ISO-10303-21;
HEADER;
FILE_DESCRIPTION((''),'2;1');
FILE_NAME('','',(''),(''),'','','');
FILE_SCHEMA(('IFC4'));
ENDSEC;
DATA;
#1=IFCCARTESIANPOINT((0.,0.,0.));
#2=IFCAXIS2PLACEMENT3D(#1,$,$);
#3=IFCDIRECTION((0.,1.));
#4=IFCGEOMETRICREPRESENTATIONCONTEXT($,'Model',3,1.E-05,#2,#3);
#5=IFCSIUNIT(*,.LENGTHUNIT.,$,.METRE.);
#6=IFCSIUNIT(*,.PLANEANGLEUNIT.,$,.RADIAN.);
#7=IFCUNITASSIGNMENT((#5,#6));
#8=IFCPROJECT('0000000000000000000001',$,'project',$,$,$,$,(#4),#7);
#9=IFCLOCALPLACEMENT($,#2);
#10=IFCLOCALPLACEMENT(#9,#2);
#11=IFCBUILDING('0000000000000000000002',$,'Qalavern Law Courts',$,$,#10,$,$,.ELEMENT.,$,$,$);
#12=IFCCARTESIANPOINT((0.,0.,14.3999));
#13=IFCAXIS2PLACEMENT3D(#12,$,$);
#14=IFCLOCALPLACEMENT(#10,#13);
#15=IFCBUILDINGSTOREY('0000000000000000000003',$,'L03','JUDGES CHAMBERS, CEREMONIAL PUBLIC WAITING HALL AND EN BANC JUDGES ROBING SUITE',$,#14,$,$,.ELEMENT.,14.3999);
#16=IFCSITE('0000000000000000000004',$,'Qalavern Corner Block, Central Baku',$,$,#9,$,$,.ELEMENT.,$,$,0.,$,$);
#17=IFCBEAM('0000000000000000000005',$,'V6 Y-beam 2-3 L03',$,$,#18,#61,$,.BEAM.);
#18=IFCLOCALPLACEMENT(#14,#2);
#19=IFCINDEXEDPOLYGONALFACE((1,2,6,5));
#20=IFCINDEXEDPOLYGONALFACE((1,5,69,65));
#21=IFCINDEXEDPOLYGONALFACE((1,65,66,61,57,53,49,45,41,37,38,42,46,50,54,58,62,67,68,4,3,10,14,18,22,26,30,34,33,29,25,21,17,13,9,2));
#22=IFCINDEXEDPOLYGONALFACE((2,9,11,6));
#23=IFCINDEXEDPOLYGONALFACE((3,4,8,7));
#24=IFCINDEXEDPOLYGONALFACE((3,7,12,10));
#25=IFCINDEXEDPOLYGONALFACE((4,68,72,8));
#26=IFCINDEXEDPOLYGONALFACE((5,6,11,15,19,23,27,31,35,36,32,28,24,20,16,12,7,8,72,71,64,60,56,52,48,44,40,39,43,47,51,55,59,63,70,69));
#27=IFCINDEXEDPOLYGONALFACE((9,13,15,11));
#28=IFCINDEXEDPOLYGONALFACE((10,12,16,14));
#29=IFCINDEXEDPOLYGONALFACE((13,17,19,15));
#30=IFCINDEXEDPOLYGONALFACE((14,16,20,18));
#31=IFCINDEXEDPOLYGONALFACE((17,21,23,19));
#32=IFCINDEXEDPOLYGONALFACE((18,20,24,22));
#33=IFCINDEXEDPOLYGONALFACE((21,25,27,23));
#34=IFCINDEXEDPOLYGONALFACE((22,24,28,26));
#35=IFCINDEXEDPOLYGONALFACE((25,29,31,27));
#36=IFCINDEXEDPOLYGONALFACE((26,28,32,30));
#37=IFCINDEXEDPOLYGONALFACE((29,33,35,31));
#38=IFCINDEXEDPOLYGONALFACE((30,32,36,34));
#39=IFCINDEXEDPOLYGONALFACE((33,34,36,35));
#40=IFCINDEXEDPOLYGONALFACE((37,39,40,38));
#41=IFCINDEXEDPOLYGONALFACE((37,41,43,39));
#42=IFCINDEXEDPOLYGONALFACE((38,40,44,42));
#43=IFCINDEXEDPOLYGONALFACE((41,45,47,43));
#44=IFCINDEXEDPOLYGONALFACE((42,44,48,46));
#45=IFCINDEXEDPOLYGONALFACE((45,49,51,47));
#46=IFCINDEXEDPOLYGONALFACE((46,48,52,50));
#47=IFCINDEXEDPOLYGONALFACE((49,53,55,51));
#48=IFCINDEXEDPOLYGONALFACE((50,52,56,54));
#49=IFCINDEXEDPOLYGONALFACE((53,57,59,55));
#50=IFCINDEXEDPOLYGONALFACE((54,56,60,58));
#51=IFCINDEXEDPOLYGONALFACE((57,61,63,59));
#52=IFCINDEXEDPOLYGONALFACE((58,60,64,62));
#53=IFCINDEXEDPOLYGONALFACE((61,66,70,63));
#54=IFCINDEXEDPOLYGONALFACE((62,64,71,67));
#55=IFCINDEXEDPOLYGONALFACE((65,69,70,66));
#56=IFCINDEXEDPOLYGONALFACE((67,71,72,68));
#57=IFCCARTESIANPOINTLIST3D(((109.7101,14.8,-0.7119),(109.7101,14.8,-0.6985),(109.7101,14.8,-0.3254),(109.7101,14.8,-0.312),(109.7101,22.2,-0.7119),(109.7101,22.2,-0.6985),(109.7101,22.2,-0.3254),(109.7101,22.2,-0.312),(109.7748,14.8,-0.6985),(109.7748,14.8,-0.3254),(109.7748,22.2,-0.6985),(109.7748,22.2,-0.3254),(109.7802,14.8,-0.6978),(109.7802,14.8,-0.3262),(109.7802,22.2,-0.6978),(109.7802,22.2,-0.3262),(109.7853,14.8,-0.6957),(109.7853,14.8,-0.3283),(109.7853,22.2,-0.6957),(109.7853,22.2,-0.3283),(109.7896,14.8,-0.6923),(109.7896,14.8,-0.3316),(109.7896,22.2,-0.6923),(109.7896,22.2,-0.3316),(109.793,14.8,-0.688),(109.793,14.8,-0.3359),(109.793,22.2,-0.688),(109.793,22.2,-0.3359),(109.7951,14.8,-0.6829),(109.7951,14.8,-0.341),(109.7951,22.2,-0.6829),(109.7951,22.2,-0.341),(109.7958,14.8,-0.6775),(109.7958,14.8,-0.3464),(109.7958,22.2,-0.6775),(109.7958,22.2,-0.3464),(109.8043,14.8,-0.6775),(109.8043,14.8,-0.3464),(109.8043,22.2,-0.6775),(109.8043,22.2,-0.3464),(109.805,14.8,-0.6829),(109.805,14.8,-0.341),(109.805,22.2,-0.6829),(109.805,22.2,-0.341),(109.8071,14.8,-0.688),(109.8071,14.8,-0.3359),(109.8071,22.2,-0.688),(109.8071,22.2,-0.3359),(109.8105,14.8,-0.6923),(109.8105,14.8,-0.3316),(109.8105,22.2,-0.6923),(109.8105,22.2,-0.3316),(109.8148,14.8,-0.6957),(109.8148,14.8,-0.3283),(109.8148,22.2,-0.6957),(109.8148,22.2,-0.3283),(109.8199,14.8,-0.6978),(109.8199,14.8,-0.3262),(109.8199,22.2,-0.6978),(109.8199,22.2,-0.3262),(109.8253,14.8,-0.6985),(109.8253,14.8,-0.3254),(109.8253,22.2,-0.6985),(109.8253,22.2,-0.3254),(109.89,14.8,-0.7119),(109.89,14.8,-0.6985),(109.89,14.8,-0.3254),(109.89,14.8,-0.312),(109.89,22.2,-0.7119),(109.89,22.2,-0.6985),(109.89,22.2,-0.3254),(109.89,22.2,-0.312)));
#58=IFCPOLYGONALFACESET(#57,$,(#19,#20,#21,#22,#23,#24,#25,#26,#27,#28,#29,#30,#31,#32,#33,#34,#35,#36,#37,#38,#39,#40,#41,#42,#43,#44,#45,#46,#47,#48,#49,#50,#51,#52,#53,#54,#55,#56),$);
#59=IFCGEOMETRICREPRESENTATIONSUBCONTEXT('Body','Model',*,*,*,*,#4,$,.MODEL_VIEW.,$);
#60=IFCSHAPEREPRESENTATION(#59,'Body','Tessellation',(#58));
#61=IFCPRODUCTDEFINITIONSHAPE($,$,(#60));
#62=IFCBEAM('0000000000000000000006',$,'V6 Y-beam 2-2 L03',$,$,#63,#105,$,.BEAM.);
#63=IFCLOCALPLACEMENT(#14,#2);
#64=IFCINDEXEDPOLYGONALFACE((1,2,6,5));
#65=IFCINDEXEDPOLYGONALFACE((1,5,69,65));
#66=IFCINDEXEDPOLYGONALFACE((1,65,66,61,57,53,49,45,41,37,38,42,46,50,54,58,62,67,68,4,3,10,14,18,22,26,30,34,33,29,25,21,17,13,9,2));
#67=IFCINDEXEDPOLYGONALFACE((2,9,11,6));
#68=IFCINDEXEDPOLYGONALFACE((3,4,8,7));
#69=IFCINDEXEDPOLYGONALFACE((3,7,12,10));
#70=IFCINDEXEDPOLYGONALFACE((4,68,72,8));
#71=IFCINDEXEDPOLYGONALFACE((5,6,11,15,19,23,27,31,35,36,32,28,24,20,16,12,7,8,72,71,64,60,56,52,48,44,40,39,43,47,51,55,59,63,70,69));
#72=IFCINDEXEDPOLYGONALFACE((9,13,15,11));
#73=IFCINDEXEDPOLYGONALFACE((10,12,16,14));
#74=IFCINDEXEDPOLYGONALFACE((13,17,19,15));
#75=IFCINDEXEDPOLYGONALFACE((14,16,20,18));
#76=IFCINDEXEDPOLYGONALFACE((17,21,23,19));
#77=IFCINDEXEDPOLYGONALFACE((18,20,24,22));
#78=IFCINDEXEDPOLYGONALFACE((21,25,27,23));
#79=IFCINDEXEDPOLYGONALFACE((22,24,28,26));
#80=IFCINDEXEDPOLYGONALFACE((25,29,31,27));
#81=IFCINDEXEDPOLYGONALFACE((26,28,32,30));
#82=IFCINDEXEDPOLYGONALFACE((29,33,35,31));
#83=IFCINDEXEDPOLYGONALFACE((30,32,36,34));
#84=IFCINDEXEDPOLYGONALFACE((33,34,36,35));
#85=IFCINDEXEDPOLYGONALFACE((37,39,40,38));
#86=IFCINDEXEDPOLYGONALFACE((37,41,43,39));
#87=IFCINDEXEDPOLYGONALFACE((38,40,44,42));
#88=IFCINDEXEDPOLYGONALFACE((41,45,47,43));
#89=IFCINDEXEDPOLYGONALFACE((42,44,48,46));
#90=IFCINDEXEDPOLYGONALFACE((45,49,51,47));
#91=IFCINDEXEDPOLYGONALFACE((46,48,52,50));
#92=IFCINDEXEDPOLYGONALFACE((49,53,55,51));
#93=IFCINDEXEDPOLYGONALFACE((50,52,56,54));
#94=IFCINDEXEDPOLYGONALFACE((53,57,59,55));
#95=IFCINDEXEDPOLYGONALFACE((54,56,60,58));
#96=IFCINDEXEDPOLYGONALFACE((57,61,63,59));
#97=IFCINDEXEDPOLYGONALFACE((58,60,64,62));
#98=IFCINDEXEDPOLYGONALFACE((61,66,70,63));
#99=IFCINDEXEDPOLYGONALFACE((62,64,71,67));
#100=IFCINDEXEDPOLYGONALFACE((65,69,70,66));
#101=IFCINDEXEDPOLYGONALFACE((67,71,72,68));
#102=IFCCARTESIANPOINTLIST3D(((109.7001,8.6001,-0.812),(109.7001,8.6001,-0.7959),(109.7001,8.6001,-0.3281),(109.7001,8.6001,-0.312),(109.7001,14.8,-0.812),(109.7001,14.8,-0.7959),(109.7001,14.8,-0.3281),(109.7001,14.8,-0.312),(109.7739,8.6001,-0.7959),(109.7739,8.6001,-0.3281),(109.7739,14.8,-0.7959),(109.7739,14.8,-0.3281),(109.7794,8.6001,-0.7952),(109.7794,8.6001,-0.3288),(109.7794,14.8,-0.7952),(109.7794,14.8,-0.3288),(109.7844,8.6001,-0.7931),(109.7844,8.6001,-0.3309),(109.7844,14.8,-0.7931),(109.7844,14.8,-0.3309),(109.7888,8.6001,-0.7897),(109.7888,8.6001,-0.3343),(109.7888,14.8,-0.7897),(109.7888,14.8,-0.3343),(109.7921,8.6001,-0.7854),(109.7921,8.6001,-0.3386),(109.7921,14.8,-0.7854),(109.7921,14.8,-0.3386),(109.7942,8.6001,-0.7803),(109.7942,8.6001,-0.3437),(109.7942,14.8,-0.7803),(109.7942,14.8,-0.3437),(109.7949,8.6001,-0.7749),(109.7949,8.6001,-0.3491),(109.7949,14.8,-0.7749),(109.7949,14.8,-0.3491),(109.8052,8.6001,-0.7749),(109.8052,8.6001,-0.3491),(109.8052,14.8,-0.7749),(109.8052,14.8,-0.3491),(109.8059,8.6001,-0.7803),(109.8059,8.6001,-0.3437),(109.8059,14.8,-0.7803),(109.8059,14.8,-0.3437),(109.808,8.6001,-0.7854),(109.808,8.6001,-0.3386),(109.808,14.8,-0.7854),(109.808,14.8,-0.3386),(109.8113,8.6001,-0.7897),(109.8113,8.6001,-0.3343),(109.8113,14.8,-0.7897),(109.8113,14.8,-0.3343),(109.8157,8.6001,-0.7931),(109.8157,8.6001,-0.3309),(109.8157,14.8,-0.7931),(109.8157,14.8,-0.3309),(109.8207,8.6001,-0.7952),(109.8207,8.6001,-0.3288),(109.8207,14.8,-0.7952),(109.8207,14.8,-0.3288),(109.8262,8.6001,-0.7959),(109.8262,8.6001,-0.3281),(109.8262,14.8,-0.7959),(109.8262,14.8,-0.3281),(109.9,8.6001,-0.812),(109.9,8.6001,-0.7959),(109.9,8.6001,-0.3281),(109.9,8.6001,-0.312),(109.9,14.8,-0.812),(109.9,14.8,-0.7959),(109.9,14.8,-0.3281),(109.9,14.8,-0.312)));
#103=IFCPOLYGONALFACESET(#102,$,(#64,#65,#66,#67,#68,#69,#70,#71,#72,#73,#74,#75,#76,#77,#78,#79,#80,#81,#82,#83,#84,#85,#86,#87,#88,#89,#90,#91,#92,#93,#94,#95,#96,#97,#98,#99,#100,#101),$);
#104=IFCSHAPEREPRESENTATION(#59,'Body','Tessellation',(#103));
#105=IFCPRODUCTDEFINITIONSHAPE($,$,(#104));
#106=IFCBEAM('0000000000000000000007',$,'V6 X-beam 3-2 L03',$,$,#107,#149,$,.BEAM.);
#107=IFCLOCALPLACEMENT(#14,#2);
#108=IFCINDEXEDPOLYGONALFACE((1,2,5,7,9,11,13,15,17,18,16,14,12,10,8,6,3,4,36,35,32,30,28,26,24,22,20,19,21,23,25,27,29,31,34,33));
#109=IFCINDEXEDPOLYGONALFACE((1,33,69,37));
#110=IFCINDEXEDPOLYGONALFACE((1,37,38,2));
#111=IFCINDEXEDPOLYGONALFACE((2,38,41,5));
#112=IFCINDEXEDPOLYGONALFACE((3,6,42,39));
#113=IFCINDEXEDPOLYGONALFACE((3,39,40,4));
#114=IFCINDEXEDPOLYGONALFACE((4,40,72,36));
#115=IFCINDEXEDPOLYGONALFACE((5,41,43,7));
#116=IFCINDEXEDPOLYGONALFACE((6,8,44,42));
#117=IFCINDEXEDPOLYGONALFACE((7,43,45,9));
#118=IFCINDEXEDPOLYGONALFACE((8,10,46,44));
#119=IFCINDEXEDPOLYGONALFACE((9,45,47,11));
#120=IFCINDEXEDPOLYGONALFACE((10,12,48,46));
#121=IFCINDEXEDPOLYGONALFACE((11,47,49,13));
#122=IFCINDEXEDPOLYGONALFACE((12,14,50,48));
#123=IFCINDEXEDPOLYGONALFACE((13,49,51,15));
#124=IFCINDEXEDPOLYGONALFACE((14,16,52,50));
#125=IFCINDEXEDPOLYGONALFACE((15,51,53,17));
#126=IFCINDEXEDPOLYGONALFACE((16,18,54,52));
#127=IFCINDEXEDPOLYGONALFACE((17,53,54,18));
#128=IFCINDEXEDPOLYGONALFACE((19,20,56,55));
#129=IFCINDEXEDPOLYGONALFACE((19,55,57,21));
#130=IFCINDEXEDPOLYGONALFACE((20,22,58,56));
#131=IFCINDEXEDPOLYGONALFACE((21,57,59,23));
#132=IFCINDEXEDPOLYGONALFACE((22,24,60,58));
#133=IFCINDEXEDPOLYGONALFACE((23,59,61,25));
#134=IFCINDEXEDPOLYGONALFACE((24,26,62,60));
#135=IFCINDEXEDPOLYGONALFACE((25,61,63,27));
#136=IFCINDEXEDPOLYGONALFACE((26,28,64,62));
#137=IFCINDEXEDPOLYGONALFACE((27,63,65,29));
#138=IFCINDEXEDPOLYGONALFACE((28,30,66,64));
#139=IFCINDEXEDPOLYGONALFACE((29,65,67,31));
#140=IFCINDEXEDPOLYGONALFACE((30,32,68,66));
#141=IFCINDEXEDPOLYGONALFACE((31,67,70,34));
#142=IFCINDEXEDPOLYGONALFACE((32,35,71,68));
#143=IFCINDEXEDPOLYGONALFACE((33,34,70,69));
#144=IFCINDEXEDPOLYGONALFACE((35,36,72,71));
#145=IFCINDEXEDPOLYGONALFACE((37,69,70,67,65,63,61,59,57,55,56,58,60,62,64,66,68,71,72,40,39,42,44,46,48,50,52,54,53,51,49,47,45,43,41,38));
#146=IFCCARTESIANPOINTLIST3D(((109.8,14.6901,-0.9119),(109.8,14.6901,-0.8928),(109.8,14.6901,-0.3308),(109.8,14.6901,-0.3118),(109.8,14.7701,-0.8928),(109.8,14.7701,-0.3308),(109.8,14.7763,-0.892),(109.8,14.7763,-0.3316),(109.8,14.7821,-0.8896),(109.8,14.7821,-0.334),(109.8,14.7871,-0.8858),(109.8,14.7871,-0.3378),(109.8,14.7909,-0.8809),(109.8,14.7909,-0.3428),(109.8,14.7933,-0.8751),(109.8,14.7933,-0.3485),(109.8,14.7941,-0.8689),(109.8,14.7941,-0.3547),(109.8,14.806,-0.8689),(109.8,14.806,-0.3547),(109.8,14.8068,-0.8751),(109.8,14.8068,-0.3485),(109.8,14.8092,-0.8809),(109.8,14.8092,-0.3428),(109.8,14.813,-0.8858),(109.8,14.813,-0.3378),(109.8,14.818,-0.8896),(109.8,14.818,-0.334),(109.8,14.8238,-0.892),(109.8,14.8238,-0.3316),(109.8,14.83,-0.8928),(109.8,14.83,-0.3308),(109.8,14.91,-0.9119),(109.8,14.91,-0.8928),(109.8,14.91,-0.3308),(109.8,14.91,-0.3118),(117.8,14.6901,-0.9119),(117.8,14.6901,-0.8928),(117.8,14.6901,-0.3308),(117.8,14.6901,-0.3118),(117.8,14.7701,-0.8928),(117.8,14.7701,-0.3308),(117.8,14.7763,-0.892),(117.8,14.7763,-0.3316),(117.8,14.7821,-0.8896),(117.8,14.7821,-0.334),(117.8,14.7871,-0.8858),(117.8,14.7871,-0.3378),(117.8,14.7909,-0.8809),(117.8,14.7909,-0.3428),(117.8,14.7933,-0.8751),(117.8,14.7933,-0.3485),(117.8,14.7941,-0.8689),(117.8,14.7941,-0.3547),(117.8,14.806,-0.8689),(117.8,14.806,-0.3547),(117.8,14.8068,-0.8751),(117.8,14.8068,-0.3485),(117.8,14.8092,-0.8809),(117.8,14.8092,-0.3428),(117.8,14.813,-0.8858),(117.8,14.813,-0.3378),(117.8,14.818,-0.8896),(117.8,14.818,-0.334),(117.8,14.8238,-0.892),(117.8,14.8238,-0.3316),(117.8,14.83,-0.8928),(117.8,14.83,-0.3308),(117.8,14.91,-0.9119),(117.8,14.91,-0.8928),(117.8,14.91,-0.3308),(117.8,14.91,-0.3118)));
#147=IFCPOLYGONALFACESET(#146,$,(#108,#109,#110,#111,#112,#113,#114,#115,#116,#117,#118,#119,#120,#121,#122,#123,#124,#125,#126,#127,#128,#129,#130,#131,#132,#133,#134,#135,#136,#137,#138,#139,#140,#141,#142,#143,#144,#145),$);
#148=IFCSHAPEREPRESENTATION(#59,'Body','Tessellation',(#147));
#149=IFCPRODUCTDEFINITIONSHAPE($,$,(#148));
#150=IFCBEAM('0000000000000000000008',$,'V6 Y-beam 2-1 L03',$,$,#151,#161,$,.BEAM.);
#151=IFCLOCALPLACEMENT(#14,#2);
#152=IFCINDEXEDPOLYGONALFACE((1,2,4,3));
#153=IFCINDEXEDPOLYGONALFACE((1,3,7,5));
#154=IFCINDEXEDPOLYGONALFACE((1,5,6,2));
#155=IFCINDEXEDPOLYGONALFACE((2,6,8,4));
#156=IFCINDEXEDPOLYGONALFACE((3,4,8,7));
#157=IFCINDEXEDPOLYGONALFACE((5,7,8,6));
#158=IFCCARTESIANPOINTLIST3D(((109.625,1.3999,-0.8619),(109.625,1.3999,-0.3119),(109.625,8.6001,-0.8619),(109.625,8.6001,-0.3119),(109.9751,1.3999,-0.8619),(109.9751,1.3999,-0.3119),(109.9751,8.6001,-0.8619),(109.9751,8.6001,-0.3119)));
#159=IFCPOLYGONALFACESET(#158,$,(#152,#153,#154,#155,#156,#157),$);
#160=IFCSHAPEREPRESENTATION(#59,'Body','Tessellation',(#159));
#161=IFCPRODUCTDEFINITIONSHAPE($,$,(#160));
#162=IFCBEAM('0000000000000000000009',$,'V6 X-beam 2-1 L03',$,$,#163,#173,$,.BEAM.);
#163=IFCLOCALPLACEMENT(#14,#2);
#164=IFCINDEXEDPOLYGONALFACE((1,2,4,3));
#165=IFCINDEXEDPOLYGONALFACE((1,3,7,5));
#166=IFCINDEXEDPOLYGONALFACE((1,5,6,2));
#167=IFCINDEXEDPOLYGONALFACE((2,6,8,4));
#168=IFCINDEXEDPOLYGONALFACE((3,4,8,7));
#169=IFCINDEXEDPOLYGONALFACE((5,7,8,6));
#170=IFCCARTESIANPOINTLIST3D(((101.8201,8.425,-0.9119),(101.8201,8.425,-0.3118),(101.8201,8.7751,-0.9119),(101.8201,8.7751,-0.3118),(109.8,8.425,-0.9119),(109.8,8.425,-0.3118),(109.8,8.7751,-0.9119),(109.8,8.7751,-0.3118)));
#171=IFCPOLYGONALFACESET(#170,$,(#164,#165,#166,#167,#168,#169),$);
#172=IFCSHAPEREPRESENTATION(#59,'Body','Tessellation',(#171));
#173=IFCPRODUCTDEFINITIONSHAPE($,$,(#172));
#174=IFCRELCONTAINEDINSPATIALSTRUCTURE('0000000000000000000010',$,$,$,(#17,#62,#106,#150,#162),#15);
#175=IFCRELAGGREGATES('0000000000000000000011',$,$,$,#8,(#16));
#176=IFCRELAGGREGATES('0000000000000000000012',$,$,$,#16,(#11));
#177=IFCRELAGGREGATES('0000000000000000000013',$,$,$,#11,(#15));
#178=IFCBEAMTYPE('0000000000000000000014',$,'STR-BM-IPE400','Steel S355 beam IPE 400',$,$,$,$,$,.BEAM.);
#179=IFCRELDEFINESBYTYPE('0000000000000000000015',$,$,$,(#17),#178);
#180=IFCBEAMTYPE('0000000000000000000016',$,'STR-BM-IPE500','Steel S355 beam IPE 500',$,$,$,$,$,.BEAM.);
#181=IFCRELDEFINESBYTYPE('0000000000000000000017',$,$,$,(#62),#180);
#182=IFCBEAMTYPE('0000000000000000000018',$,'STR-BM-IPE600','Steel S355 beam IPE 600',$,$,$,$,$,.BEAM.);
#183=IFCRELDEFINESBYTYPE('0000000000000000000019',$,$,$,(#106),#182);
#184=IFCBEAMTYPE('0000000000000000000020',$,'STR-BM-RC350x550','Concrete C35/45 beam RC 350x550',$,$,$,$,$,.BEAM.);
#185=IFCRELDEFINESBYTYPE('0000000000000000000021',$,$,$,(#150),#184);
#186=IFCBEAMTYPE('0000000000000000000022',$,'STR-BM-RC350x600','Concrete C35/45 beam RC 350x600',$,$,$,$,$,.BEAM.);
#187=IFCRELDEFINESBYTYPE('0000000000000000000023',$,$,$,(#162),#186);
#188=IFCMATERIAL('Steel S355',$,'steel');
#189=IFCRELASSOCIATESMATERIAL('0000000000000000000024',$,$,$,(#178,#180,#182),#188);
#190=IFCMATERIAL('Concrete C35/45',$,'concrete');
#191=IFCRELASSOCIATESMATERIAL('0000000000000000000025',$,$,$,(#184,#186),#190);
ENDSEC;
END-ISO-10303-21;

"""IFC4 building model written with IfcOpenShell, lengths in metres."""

from ifc_helpers import new_model, si_unit, direction, frame, origin, origin_2d, place, context, subcontext, project, spatial, rectangle, i_section, extrude, material, material_profile, profile_set, type_object, element, save


model = new_model("IFC4")

# Units and contexts
model_context = context("Model", 3, precision=1e-05, world=origin(), true_north=direction((0.0, 1.0)))
body_context = subcontext(model_context, "Body", "Model", "MODEL_VIEW")
ifc_project = project(units=[si_unit("LENGTHUNIT", "METRE"), si_unit("PLANEANGLEUNIT", "RADIAN")], contexts=[model_context])

# Site, building, storey
site_placement = place(None, origin())
site = spatial("IfcSite", under=ifc_project, at=site_placement, Name="Qalavern Corner Block, Central Baku", CompositionType="ELEMENT", RefElevation=0.0)
building_placement = place(site_placement, origin())
building = spatial("IfcBuilding", under=site, at=building_placement, Name="Qalavern Law Courts", CompositionType="ELEMENT")
storey_placement = place(building_placement, frame((0.0, 0.0, 14.3999)))
storey = spatial("IfcBuildingStorey", under=building, at=storey_placement, Name="L03", Description="JUDGES CHAMBERS, CEREMONIAL PUBLIC WAITING HALL AND EN BANC JUDGES ROBING SUITE", CompositionType="ELEMENT", Elevation=14.3999)

# Beams
ifc_material_1 = material(Name="Steel S355", Category="steel")
ifc_material_profile_1 = material_profile(ifc_material_1, i_section(OverallWidth=0.1799, OverallDepth=0.3999, WebThickness=0.0085, FlangeThickness=0.0134, FilletRadius=0.021, at=origin_2d()), Name="IPE 400")
ifc_profile_set_1 = profile_set([ifc_material_profile_1], Name="Steel S355")
beam_type_1 = type_object("IfcBeamType", Name="STR-BM-IPE400", Description="Steel S355 beam IPE 400", PredefinedType="BEAM", material=ifc_profile_set_1)
beam_1_placement = place(storey_placement, frame((109.8, 14.8, -0.512), z_axis=(0.0, 1.0, 0.0), x_axis=(-1.0, 0.0, 0.0)))
element("IfcBeam", 1, at=beam_1_placement, inside=storey, type_object=beam_type_1, Name="V6 Y-beam 2-3 L03", PredefinedType="BEAM", context=body_context, shape_type="SweptSolid", body=[
    extrude(i_section(OverallWidth=0.1799, OverallDepth=0.3999, WebThickness=0.0085, FlangeThickness=0.0134, FilletRadius=0.021, at=origin_2d()), origin(), (0.0, 0.0, 1.0), 7.3999),
])
ifc_material_profile_2 = material_profile(ifc_material_1, i_section(OverallWidth=0.2, OverallDepth=0.5, WebThickness=0.0103, FlangeThickness=0.0161, FilletRadius=0.021, at=origin_2d()), Name="IPE 500")
ifc_profile_set_2 = profile_set([ifc_material_profile_2], Name="Steel S355")
beam_type_2 = type_object("IfcBeamType", Name="STR-BM-IPE500", Description="Steel S355 beam IPE 500", PredefinedType="BEAM", material=ifc_profile_set_2)
beam_2_placement = place(storey_placement, frame((109.8, 8.6001, -0.562), z_axis=(0.0, 1.0, 0.0), x_axis=(-1.0, 0.0, 0.0)))
element("IfcBeam", 2, at=beam_2_placement, inside=storey, type_object=beam_type_2, Name="V6 Y-beam 2-2 L03", PredefinedType="BEAM", context=body_context, shape_type="SweptSolid", body=[
    extrude(i_section(OverallWidth=0.2, OverallDepth=0.5, WebThickness=0.0103, FlangeThickness=0.0161, FilletRadius=0.021, at=origin_2d()), origin(), (0.0, 0.0, 1.0), 6.2),
])
ifc_material_profile_3 = material_profile(ifc_material_1, i_section(OverallWidth=0.22, OverallDepth=0.6001, WebThickness=0.012, FlangeThickness=0.019, FilletRadius=0.0239, at=origin_2d()), Name="IPE 600")
ifc_profile_set_3 = profile_set([ifc_material_profile_3], Name="Steel S355")
beam_type_3 = type_object("IfcBeamType", Name="STR-BM-IPE600", Description="Steel S355 beam IPE 600", PredefinedType="BEAM", material=ifc_profile_set_3)
beam_3_placement = place(storey_placement, frame((109.8, 14.8, -0.6118), z_axis=(1.0, 0.0, 0.0), x_axis=(0.0, 1.0, 0.0)))
element("IfcBeam", 3, at=beam_3_placement, inside=storey, type_object=beam_type_3, Name="V6 X-beam 3-2 L03", PredefinedType="BEAM", context=body_context, shape_type="SweptSolid", body=[
    extrude(i_section(OverallWidth=0.22, OverallDepth=0.6001, WebThickness=0.012, FlangeThickness=0.019, FilletRadius=0.0239, at=origin_2d()), origin(), (0.0, 0.0, 1.0), 8.0),
])
ifc_material_2 = material(Name="Concrete C35/45", Category="concrete")
ifc_material_profile_4 = material_profile(ifc_material_2, rectangle(XDim=0.3501, YDim=0.55, at=origin_2d()), Name="RC 350x550")
ifc_profile_set_4 = profile_set([ifc_material_profile_4], Name="Concrete C35/45")
beam_type_4 = type_object("IfcBeamType", Name="STR-BM-RC350x550", Description="Concrete C35/45 beam RC 350x550", PredefinedType="BEAM", material=ifc_profile_set_4)
beam_4_placement = place(storey_placement, frame((109.8, 1.3999, -0.5869), z_axis=(0.0, 1.0, 0.0), x_axis=(-1.0, 0.0, 0.0)))
element("IfcBeam", 4, at=beam_4_placement, inside=storey, type_object=beam_type_4, Name="V6 Y-beam 2-1 L03", PredefinedType="BEAM", context=body_context, shape_type="SweptSolid", body=[
    extrude(rectangle(XDim=0.3501, YDim=0.55, at=origin_2d()), origin(), (0.0, 0.0, 1.0), 7.2002),
])
ifc_material_profile_5 = material_profile(ifc_material_2, rectangle(XDim=0.3501, YDim=0.6001, at=origin_2d()), Name="RC 350x600")
ifc_profile_set_5 = profile_set([ifc_material_profile_5], Name="Concrete C35/45")
beam_type_5 = type_object("IfcBeamType", Name="STR-BM-RC350x600", Description="Concrete C35/45 beam RC 350x600", PredefinedType="BEAM", material=ifc_profile_set_5)
beam_5_placement = place(storey_placement, frame((101.8201, 8.6001, -0.6118), z_axis=(1.0, 0.0, 0.0), x_axis=(0.0, 1.0, 0.0)))
element("IfcBeam", 5, at=beam_5_placement, inside=storey, type_object=beam_type_5, Name="V6 X-beam 2-1 L03", PredefinedType="BEAM", context=body_context, shape_type="SweptSolid", body=[
    extrude(rectangle(XDim=0.3501, YDim=0.6001, at=origin_2d()), origin(), (0.0, 0.0, 1.0), 7.98),
])

save(model, "model.ifc")
